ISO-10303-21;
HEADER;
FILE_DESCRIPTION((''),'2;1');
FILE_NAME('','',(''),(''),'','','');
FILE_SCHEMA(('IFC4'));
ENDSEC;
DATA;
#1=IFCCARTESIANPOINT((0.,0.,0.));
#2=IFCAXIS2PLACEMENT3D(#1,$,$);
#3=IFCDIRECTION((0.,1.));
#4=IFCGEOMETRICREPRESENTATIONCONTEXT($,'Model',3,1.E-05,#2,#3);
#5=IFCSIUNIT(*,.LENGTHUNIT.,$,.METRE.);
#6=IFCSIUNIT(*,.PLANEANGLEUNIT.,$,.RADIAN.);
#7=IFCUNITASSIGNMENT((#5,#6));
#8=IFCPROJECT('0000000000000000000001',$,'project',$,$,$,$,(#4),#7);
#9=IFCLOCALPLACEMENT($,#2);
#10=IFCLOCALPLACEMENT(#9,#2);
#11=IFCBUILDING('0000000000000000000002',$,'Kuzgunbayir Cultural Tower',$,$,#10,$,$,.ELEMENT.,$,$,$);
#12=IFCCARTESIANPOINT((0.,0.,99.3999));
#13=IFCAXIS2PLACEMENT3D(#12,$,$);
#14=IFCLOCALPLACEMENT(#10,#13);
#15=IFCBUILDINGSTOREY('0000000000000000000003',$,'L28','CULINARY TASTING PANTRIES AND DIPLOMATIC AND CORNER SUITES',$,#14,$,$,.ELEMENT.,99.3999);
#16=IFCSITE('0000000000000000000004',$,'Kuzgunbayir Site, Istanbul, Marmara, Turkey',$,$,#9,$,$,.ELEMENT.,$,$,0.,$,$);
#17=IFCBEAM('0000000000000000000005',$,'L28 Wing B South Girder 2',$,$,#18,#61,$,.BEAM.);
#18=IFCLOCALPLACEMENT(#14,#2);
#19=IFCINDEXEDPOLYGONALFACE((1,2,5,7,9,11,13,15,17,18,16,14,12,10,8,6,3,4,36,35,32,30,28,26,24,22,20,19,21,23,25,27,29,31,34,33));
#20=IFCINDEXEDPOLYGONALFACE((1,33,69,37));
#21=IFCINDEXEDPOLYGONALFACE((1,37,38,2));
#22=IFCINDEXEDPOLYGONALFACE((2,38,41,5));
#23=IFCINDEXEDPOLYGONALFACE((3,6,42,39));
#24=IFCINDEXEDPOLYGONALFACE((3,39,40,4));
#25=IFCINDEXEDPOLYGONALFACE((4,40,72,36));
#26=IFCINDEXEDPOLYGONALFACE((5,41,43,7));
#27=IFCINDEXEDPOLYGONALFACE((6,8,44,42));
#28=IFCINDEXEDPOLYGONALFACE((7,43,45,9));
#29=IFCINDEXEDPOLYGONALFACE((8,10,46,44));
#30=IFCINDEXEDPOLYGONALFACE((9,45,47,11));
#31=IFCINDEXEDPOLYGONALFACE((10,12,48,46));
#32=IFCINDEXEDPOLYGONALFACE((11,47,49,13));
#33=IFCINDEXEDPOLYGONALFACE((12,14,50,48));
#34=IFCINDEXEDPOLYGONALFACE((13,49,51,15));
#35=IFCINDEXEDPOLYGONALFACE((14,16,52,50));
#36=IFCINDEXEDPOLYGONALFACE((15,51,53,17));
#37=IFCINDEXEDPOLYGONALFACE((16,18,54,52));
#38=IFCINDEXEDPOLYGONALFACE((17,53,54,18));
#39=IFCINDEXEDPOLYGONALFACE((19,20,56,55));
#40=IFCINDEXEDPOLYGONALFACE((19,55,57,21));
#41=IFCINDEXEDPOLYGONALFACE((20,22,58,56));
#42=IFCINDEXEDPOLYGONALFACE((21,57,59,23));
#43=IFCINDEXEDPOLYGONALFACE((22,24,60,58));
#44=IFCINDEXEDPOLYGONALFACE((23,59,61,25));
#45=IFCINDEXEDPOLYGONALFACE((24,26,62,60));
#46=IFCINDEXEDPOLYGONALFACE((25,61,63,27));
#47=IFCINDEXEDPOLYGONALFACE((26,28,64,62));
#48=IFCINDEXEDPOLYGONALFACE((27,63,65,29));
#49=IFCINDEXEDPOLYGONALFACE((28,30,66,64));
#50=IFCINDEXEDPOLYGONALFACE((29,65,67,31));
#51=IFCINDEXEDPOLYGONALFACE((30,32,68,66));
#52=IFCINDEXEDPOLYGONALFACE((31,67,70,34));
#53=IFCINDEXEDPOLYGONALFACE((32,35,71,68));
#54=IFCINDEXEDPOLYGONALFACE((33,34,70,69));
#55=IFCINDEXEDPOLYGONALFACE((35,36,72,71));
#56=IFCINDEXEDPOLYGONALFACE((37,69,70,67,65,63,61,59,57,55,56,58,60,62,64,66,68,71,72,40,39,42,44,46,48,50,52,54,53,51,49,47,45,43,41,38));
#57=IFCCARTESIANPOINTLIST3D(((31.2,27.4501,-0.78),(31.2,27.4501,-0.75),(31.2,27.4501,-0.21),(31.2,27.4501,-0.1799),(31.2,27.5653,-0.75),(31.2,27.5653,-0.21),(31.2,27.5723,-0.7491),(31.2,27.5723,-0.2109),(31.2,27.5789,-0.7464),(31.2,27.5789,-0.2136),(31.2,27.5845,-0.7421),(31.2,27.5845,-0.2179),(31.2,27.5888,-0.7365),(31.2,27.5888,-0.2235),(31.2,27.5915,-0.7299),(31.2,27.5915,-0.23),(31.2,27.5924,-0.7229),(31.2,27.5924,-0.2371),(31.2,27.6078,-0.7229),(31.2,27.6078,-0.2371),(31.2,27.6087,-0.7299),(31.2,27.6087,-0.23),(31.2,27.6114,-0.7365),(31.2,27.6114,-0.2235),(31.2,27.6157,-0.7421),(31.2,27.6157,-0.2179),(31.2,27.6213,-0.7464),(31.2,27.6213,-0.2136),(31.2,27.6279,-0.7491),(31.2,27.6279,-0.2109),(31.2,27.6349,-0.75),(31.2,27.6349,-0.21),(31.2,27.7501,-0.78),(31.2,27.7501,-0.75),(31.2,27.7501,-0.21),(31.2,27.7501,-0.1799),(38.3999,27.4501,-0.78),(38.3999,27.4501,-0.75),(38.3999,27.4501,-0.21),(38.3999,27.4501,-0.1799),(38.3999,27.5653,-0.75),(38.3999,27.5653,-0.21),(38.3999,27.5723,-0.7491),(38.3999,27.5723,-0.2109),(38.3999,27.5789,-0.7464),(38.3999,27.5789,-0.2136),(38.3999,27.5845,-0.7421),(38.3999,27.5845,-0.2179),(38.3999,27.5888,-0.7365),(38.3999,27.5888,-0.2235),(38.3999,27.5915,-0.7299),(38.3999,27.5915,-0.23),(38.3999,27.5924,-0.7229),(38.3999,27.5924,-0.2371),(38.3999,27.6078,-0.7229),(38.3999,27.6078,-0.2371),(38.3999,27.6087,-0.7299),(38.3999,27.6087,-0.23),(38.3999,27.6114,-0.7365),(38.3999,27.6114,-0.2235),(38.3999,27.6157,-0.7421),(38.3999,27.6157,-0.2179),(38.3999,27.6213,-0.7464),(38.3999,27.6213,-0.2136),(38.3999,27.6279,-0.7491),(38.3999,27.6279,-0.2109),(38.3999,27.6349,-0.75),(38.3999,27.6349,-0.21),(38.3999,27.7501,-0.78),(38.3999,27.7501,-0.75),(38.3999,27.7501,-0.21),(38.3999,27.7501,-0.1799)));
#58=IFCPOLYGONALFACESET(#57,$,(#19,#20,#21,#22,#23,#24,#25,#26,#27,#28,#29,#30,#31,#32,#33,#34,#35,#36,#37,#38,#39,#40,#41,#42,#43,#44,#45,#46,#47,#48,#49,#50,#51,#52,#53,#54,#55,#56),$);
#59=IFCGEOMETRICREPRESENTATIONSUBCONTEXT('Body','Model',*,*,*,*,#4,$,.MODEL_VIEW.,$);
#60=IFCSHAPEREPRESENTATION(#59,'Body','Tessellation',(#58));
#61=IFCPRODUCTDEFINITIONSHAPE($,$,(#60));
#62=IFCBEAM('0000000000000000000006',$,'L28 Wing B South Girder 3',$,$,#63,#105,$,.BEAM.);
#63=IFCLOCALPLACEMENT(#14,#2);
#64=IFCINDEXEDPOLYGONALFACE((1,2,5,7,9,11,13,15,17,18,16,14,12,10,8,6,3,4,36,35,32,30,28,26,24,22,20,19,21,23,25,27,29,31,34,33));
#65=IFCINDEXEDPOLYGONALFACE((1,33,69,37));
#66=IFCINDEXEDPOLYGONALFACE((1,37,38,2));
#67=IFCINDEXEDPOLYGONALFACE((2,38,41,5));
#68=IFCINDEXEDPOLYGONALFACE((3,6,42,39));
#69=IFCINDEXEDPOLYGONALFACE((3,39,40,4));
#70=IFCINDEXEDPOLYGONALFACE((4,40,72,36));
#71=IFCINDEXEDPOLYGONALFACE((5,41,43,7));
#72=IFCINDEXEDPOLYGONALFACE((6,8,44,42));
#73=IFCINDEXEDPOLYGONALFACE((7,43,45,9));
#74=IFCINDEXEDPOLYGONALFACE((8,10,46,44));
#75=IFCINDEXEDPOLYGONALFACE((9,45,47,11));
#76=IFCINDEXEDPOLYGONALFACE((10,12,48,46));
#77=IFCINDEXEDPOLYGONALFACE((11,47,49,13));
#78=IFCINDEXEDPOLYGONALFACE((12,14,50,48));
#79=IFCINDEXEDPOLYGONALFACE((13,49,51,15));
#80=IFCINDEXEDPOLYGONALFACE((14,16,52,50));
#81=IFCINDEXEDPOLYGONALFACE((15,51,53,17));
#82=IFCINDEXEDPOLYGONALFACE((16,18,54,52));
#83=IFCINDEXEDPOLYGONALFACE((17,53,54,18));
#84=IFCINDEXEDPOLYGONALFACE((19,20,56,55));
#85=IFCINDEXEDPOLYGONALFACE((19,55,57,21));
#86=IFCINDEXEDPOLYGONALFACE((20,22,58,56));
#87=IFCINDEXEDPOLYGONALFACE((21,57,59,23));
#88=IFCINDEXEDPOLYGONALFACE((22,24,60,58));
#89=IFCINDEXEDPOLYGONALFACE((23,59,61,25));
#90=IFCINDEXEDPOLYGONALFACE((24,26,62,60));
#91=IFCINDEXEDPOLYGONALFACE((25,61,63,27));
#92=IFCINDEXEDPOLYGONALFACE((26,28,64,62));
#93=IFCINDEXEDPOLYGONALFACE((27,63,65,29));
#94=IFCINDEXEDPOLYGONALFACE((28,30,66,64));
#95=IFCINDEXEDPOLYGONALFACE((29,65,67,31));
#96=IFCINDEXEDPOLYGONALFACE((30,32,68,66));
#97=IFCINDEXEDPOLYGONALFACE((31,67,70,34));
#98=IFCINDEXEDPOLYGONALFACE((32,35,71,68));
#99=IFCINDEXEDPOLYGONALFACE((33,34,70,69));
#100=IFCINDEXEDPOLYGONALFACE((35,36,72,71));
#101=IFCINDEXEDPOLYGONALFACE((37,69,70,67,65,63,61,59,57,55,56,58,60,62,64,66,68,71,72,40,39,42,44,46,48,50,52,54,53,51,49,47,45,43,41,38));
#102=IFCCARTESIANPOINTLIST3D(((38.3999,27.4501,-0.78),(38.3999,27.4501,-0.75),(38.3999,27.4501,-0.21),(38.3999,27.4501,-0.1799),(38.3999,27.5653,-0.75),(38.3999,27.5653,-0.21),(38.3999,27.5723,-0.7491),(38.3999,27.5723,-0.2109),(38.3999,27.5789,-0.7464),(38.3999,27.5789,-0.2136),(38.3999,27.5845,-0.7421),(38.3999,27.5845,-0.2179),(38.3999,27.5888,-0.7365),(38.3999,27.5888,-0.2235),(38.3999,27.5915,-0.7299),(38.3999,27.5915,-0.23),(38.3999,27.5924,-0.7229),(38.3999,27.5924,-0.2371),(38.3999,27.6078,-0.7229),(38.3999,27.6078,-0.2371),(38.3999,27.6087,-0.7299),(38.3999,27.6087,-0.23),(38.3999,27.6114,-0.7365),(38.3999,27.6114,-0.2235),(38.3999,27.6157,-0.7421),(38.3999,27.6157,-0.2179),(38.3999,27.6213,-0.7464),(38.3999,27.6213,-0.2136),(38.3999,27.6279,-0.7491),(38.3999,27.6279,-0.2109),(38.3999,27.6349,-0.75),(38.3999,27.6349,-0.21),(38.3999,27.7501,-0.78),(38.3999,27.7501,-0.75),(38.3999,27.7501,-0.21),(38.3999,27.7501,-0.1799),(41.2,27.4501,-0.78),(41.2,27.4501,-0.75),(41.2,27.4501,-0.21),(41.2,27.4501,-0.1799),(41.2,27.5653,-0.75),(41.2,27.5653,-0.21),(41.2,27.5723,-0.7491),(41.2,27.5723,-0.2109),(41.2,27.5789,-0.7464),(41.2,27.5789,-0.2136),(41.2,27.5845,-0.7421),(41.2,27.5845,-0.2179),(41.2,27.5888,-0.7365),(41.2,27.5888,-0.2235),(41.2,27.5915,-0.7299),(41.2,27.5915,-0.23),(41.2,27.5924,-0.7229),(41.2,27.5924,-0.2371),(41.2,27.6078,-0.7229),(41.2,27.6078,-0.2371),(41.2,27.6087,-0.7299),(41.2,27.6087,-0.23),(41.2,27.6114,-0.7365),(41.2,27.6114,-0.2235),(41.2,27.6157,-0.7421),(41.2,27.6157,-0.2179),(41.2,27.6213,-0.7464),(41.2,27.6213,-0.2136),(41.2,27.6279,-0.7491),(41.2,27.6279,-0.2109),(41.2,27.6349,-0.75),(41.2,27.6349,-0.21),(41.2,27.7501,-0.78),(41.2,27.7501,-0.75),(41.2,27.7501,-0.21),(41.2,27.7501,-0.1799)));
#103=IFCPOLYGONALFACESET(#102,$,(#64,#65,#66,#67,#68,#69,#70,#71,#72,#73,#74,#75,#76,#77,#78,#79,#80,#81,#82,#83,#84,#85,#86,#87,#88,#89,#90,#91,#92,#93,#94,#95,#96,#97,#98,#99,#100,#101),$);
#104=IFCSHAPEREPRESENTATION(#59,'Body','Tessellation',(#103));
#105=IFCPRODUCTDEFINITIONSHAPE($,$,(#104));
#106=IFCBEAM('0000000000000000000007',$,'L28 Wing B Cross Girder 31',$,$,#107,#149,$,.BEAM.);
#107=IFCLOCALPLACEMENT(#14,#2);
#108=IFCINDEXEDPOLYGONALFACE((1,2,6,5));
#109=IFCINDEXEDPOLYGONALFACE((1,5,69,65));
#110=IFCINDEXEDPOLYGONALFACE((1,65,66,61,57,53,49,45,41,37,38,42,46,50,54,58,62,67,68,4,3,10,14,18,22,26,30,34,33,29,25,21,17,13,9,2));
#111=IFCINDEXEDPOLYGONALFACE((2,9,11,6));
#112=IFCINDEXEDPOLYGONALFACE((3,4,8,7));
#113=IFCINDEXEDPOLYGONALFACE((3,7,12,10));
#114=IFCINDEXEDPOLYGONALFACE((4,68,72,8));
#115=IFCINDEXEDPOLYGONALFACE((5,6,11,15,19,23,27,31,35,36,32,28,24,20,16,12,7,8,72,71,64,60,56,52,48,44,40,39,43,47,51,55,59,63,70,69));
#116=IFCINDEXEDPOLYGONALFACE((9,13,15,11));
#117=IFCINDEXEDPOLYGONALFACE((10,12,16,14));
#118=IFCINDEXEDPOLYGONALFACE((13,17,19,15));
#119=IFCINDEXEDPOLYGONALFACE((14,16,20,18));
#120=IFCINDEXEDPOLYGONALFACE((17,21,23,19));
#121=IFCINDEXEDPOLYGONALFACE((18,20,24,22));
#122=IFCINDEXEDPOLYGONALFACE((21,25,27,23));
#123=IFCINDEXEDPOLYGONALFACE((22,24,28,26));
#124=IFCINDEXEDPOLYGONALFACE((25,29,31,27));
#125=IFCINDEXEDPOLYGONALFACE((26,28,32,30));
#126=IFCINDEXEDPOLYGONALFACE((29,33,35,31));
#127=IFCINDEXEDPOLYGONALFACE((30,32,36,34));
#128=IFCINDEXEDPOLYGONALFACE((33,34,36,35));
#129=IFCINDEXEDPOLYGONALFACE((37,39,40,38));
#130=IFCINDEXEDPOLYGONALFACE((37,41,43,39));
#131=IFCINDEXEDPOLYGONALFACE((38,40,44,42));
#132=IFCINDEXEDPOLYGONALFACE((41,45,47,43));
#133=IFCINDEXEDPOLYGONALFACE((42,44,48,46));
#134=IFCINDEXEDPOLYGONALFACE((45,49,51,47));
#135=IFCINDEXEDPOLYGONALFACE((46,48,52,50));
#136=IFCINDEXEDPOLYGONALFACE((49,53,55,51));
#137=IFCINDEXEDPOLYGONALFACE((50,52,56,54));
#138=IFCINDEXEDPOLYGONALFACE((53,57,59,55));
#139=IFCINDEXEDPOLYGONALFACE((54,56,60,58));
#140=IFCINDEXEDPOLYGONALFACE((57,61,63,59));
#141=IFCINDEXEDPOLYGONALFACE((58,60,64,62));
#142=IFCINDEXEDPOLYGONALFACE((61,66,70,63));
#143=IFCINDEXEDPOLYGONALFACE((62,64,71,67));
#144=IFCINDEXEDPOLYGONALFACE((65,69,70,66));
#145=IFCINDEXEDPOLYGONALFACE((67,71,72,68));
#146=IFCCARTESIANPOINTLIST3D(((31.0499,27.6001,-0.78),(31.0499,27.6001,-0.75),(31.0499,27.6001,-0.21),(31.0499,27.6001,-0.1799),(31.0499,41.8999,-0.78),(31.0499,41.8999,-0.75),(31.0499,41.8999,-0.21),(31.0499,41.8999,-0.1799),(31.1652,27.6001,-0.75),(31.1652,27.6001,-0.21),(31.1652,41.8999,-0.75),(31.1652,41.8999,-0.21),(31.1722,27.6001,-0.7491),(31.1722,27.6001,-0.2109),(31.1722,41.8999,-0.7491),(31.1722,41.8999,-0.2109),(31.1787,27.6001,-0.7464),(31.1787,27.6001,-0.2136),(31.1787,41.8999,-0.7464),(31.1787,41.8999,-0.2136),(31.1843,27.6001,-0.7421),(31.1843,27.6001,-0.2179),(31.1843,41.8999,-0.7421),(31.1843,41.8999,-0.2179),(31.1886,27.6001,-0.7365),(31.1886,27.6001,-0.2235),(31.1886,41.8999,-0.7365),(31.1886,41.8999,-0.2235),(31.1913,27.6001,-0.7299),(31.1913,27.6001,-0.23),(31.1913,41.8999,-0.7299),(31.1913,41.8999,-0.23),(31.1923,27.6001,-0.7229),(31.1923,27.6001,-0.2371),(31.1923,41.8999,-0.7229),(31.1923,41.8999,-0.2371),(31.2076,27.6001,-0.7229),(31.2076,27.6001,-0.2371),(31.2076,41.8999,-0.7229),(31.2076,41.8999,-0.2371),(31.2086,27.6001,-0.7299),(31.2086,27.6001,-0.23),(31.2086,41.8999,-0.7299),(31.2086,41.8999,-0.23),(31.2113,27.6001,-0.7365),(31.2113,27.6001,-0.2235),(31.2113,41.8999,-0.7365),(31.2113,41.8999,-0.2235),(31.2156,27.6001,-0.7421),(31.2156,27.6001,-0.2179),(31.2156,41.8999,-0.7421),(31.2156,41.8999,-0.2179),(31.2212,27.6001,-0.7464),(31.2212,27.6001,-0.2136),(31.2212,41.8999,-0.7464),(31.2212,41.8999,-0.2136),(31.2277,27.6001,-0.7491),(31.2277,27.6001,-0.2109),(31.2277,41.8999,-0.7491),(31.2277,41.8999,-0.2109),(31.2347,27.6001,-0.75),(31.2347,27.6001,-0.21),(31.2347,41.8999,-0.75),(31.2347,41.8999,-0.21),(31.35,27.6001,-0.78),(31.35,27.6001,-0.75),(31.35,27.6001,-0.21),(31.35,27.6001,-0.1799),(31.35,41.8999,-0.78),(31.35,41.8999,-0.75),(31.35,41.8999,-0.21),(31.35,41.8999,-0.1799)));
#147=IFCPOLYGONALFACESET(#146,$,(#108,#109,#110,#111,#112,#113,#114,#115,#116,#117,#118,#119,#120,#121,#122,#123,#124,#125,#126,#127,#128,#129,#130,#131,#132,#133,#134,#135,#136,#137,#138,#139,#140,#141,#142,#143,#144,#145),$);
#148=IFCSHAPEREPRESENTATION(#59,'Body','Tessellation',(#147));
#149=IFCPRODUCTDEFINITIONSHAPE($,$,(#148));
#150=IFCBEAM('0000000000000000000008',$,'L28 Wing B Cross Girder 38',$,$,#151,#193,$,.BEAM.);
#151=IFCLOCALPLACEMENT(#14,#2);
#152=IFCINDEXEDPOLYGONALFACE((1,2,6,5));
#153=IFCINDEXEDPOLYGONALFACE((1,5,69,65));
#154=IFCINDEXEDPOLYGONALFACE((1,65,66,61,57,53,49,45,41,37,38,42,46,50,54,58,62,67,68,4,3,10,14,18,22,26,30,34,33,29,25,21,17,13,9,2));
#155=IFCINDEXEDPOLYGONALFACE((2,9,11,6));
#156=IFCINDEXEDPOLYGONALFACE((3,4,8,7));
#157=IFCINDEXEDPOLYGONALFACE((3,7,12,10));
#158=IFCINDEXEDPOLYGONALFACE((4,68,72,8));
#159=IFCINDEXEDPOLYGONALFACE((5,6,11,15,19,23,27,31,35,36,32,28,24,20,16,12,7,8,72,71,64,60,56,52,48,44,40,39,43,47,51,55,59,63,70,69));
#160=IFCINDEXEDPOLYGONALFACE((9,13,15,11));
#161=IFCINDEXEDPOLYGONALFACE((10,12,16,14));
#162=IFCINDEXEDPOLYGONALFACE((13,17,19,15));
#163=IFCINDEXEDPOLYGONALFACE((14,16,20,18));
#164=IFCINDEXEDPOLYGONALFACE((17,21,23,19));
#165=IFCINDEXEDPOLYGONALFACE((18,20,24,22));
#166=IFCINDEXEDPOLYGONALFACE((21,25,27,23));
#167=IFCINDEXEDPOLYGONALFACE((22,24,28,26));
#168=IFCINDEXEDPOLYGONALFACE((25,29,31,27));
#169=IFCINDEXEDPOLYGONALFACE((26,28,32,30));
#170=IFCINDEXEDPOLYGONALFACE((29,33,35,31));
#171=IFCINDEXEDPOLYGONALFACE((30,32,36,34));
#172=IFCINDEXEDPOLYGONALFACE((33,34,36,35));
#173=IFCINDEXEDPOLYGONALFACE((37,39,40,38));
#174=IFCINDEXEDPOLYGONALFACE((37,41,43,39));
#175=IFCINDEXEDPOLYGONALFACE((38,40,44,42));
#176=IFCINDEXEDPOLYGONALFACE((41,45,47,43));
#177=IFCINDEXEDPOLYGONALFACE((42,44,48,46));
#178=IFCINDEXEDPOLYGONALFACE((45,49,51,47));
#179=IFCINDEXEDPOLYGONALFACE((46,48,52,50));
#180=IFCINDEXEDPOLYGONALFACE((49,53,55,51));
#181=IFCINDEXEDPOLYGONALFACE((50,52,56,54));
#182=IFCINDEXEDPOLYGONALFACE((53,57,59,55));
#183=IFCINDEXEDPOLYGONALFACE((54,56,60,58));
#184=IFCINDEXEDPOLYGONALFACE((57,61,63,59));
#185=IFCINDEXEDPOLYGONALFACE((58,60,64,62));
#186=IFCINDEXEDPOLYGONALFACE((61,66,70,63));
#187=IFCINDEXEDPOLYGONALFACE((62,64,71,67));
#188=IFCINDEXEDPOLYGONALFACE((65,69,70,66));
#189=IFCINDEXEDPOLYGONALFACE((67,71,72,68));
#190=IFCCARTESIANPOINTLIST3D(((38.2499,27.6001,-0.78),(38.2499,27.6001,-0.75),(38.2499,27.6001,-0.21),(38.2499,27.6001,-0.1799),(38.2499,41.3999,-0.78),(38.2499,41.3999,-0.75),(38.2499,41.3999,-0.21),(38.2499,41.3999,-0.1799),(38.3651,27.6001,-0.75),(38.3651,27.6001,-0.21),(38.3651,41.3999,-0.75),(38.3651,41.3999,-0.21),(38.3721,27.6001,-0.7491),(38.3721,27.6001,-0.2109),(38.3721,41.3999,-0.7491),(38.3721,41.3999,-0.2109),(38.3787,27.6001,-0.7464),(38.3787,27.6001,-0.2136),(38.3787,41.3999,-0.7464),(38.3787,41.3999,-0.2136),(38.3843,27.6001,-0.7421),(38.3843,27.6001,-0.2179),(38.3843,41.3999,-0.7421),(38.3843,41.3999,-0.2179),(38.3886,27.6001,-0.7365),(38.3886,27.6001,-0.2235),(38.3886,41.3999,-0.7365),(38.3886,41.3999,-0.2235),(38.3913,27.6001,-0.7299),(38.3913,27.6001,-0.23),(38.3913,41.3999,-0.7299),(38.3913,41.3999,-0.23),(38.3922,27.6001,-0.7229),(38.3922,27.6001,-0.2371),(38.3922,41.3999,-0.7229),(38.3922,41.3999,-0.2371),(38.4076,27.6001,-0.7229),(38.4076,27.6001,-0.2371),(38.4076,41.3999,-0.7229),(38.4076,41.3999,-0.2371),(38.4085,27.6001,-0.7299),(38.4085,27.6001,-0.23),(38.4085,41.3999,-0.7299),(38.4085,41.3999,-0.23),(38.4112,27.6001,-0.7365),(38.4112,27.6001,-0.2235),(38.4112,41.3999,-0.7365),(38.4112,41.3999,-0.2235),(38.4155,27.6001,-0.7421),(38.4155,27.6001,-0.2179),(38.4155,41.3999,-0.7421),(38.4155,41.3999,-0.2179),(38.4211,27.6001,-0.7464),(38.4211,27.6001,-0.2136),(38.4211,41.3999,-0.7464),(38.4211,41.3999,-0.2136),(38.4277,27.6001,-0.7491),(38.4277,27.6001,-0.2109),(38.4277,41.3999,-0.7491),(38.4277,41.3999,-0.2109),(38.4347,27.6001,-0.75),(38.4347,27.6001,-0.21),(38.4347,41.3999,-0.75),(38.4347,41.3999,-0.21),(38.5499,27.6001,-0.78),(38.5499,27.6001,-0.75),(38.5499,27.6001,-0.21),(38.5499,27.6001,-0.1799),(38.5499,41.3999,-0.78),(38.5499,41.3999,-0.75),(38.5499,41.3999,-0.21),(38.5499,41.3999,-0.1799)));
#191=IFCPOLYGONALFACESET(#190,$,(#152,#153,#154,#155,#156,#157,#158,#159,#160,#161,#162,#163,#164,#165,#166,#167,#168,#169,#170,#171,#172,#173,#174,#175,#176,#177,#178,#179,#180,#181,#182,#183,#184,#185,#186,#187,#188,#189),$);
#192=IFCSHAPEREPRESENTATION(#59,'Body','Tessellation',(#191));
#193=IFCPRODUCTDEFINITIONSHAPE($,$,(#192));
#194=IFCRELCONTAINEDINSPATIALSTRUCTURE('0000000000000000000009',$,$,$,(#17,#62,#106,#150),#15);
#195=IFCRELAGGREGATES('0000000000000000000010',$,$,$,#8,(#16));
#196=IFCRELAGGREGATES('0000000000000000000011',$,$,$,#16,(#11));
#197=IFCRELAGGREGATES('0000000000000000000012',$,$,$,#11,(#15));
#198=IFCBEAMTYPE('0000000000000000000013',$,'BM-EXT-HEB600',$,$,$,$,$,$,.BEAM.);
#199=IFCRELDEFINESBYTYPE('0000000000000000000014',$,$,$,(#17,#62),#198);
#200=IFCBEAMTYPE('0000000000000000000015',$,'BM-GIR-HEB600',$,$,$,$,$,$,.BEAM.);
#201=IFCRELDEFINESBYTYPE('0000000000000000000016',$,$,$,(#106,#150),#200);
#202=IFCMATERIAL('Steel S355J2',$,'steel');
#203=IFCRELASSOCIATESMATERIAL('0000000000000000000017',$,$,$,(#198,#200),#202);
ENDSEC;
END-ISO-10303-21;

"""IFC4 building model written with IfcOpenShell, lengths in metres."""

from ifc_helpers import new_model, si_unit, direction, frame, origin, origin_2d, place, context, subcontext, project, spatial, i_section, extrude, material, material_profile, profile_set, type_object, element, save


model = new_model("IFC4")

# Units and contexts
model_context = context("Model", 3, precision=1e-05, world=origin(), true_north=direction((0.0, 1.0)))
body_context = subcontext(model_context, "Body", "Model", "MODEL_VIEW")
ifc_project = project(units=[si_unit("LENGTHUNIT", "METRE"), si_unit("PLANEANGLEUNIT", "RADIAN")], contexts=[model_context])

# Site, building, storey
site_placement = place(None, origin())
site = spatial("IfcSite", under=ifc_project, at=site_placement, Name="Kuzgunbayir Site, Istanbul, Marmara, Turkey", CompositionType="ELEMENT", RefElevation=0.0)
building_placement = place(site_placement, origin())
building = spatial("IfcBuilding", under=site, at=building_placement, Name="Kuzgunbayir Cultural Tower", CompositionType="ELEMENT")
storey_placement = place(building_placement, frame((0.0, 0.0, 99.3999)))
storey = spatial("IfcBuildingStorey", under=building, at=storey_placement, Name="L28", Description="CULINARY TASTING PANTRIES AND DIPLOMATIC AND CORNER SUITES", CompositionType="ELEMENT", Elevation=99.3999)

# Beams
ifc_material_1 = material(Name="Steel S355J2", Category="steel")
ifc_material_profile_1 = material_profile(ifc_material_1, i_section(OverallWidth=0.3, OverallDepth=0.6001, WebThickness=0.0154, FlangeThickness=0.03, FilletRadius=0.0271, at=origin_2d()), Name="HEB 600")
ifc_profile_set_1 = profile_set([ifc_material_profile_1], Name="Steel S355J2")
beam_type_1 = type_object("IfcBeamType", Name="BM-EXT-HEB600", PredefinedType="BEAM", material=ifc_profile_set_1)
beam_1_placement = place(storey_placement, frame((31.2, 27.6001, -0.48), z_axis=(1.0, 0.0, 0.0), x_axis=(0.0, 1.0, 0.0)))
element("IfcBeam", 1, at=beam_1_placement, inside=storey, type_object=beam_type_1, Name="L28 Wing B South Girder 2", PredefinedType="BEAM", context=body_context, shape_type="SweptSolid", body=[
    extrude(i_section(OverallWidth=0.3, OverallDepth=0.6001, WebThickness=0.0154, FlangeThickness=0.03, FilletRadius=0.0271, at=origin_2d()), origin(), (0.0, 0.0, 1.0), 7.2),
])
beam_2_placement = place(storey_placement, frame((38.3999, 27.6001, -0.48), z_axis=(1.0, 0.0, 0.0), x_axis=(0.0, 1.0, 0.0)))
element("IfcBeam", 2, at=beam_2_placement, inside=storey, type_object=beam_type_1, Name="L28 Wing B South Girder 3", PredefinedType="BEAM", context=body_context, shape_type="SweptSolid", body=[
    extrude(i_section(OverallWidth=0.3, OverallDepth=0.6001, WebThickness=0.0154, FlangeThickness=0.03, FilletRadius=0.0271, at=origin_2d()), origin(), (0.0, 0.0, 1.0), 2.8),
])
ifc_material_profile_2 = material_profile(ifc_material_1, i_section(OverallWidth=0.3, OverallDepth=0.6001, WebThickness=0.0154, FlangeThickness=0.03, FilletRadius=0.0271, at=origin_2d()), Name="HEB 600")
ifc_profile_set_2 = profile_set([ifc_material_profile_2], Name="Steel S355J2")
beam_type_2 = type_object("IfcBeamType", Name="BM-GIR-HEB600", PredefinedType="BEAM", material=ifc_profile_set_2)
beam_3_placement = place(storey_placement, frame((31.2, 27.6001, -0.48), z_axis=(0.0, 1.0, 0.0), x_axis=(-1.0, 0.0, 0.0)))
element("IfcBeam", 3, at=beam_3_placement, inside=storey, type_object=beam_type_2, Name="L28 Wing B Cross Girder 31", PredefinedType="BEAM", context=body_context, shape_type="SweptSolid", body=[
    extrude(i_section(OverallWidth=0.3, OverallDepth=0.6001, WebThickness=0.0154, FlangeThickness=0.03, FilletRadius=0.0271, at=origin_2d()), origin(), (0.0, 0.0, 1.0), 14.2998),
])
beam_4_placement = place(storey_placement, frame((38.3999, 27.6001, -0.48), z_axis=(0.0, 1.0, 0.0), x_axis=(-1.0, 0.0, 0.0)))
element("IfcBeam", 4, at=beam_4_placement, inside=storey, type_object=beam_type_2, Name="L28 Wing B Cross Girder 38", PredefinedType="BEAM", context=body_context, shape_type="SweptSolid", body=[
    extrude(i_section(OverallWidth=0.3, OverallDepth=0.6001, WebThickness=0.0154, FlangeThickness=0.03, FilletRadius=0.0271, at=origin_2d()), origin(), (0.0, 0.0, 1.0), 13.7998),
])

save(model, "model.ifc")
